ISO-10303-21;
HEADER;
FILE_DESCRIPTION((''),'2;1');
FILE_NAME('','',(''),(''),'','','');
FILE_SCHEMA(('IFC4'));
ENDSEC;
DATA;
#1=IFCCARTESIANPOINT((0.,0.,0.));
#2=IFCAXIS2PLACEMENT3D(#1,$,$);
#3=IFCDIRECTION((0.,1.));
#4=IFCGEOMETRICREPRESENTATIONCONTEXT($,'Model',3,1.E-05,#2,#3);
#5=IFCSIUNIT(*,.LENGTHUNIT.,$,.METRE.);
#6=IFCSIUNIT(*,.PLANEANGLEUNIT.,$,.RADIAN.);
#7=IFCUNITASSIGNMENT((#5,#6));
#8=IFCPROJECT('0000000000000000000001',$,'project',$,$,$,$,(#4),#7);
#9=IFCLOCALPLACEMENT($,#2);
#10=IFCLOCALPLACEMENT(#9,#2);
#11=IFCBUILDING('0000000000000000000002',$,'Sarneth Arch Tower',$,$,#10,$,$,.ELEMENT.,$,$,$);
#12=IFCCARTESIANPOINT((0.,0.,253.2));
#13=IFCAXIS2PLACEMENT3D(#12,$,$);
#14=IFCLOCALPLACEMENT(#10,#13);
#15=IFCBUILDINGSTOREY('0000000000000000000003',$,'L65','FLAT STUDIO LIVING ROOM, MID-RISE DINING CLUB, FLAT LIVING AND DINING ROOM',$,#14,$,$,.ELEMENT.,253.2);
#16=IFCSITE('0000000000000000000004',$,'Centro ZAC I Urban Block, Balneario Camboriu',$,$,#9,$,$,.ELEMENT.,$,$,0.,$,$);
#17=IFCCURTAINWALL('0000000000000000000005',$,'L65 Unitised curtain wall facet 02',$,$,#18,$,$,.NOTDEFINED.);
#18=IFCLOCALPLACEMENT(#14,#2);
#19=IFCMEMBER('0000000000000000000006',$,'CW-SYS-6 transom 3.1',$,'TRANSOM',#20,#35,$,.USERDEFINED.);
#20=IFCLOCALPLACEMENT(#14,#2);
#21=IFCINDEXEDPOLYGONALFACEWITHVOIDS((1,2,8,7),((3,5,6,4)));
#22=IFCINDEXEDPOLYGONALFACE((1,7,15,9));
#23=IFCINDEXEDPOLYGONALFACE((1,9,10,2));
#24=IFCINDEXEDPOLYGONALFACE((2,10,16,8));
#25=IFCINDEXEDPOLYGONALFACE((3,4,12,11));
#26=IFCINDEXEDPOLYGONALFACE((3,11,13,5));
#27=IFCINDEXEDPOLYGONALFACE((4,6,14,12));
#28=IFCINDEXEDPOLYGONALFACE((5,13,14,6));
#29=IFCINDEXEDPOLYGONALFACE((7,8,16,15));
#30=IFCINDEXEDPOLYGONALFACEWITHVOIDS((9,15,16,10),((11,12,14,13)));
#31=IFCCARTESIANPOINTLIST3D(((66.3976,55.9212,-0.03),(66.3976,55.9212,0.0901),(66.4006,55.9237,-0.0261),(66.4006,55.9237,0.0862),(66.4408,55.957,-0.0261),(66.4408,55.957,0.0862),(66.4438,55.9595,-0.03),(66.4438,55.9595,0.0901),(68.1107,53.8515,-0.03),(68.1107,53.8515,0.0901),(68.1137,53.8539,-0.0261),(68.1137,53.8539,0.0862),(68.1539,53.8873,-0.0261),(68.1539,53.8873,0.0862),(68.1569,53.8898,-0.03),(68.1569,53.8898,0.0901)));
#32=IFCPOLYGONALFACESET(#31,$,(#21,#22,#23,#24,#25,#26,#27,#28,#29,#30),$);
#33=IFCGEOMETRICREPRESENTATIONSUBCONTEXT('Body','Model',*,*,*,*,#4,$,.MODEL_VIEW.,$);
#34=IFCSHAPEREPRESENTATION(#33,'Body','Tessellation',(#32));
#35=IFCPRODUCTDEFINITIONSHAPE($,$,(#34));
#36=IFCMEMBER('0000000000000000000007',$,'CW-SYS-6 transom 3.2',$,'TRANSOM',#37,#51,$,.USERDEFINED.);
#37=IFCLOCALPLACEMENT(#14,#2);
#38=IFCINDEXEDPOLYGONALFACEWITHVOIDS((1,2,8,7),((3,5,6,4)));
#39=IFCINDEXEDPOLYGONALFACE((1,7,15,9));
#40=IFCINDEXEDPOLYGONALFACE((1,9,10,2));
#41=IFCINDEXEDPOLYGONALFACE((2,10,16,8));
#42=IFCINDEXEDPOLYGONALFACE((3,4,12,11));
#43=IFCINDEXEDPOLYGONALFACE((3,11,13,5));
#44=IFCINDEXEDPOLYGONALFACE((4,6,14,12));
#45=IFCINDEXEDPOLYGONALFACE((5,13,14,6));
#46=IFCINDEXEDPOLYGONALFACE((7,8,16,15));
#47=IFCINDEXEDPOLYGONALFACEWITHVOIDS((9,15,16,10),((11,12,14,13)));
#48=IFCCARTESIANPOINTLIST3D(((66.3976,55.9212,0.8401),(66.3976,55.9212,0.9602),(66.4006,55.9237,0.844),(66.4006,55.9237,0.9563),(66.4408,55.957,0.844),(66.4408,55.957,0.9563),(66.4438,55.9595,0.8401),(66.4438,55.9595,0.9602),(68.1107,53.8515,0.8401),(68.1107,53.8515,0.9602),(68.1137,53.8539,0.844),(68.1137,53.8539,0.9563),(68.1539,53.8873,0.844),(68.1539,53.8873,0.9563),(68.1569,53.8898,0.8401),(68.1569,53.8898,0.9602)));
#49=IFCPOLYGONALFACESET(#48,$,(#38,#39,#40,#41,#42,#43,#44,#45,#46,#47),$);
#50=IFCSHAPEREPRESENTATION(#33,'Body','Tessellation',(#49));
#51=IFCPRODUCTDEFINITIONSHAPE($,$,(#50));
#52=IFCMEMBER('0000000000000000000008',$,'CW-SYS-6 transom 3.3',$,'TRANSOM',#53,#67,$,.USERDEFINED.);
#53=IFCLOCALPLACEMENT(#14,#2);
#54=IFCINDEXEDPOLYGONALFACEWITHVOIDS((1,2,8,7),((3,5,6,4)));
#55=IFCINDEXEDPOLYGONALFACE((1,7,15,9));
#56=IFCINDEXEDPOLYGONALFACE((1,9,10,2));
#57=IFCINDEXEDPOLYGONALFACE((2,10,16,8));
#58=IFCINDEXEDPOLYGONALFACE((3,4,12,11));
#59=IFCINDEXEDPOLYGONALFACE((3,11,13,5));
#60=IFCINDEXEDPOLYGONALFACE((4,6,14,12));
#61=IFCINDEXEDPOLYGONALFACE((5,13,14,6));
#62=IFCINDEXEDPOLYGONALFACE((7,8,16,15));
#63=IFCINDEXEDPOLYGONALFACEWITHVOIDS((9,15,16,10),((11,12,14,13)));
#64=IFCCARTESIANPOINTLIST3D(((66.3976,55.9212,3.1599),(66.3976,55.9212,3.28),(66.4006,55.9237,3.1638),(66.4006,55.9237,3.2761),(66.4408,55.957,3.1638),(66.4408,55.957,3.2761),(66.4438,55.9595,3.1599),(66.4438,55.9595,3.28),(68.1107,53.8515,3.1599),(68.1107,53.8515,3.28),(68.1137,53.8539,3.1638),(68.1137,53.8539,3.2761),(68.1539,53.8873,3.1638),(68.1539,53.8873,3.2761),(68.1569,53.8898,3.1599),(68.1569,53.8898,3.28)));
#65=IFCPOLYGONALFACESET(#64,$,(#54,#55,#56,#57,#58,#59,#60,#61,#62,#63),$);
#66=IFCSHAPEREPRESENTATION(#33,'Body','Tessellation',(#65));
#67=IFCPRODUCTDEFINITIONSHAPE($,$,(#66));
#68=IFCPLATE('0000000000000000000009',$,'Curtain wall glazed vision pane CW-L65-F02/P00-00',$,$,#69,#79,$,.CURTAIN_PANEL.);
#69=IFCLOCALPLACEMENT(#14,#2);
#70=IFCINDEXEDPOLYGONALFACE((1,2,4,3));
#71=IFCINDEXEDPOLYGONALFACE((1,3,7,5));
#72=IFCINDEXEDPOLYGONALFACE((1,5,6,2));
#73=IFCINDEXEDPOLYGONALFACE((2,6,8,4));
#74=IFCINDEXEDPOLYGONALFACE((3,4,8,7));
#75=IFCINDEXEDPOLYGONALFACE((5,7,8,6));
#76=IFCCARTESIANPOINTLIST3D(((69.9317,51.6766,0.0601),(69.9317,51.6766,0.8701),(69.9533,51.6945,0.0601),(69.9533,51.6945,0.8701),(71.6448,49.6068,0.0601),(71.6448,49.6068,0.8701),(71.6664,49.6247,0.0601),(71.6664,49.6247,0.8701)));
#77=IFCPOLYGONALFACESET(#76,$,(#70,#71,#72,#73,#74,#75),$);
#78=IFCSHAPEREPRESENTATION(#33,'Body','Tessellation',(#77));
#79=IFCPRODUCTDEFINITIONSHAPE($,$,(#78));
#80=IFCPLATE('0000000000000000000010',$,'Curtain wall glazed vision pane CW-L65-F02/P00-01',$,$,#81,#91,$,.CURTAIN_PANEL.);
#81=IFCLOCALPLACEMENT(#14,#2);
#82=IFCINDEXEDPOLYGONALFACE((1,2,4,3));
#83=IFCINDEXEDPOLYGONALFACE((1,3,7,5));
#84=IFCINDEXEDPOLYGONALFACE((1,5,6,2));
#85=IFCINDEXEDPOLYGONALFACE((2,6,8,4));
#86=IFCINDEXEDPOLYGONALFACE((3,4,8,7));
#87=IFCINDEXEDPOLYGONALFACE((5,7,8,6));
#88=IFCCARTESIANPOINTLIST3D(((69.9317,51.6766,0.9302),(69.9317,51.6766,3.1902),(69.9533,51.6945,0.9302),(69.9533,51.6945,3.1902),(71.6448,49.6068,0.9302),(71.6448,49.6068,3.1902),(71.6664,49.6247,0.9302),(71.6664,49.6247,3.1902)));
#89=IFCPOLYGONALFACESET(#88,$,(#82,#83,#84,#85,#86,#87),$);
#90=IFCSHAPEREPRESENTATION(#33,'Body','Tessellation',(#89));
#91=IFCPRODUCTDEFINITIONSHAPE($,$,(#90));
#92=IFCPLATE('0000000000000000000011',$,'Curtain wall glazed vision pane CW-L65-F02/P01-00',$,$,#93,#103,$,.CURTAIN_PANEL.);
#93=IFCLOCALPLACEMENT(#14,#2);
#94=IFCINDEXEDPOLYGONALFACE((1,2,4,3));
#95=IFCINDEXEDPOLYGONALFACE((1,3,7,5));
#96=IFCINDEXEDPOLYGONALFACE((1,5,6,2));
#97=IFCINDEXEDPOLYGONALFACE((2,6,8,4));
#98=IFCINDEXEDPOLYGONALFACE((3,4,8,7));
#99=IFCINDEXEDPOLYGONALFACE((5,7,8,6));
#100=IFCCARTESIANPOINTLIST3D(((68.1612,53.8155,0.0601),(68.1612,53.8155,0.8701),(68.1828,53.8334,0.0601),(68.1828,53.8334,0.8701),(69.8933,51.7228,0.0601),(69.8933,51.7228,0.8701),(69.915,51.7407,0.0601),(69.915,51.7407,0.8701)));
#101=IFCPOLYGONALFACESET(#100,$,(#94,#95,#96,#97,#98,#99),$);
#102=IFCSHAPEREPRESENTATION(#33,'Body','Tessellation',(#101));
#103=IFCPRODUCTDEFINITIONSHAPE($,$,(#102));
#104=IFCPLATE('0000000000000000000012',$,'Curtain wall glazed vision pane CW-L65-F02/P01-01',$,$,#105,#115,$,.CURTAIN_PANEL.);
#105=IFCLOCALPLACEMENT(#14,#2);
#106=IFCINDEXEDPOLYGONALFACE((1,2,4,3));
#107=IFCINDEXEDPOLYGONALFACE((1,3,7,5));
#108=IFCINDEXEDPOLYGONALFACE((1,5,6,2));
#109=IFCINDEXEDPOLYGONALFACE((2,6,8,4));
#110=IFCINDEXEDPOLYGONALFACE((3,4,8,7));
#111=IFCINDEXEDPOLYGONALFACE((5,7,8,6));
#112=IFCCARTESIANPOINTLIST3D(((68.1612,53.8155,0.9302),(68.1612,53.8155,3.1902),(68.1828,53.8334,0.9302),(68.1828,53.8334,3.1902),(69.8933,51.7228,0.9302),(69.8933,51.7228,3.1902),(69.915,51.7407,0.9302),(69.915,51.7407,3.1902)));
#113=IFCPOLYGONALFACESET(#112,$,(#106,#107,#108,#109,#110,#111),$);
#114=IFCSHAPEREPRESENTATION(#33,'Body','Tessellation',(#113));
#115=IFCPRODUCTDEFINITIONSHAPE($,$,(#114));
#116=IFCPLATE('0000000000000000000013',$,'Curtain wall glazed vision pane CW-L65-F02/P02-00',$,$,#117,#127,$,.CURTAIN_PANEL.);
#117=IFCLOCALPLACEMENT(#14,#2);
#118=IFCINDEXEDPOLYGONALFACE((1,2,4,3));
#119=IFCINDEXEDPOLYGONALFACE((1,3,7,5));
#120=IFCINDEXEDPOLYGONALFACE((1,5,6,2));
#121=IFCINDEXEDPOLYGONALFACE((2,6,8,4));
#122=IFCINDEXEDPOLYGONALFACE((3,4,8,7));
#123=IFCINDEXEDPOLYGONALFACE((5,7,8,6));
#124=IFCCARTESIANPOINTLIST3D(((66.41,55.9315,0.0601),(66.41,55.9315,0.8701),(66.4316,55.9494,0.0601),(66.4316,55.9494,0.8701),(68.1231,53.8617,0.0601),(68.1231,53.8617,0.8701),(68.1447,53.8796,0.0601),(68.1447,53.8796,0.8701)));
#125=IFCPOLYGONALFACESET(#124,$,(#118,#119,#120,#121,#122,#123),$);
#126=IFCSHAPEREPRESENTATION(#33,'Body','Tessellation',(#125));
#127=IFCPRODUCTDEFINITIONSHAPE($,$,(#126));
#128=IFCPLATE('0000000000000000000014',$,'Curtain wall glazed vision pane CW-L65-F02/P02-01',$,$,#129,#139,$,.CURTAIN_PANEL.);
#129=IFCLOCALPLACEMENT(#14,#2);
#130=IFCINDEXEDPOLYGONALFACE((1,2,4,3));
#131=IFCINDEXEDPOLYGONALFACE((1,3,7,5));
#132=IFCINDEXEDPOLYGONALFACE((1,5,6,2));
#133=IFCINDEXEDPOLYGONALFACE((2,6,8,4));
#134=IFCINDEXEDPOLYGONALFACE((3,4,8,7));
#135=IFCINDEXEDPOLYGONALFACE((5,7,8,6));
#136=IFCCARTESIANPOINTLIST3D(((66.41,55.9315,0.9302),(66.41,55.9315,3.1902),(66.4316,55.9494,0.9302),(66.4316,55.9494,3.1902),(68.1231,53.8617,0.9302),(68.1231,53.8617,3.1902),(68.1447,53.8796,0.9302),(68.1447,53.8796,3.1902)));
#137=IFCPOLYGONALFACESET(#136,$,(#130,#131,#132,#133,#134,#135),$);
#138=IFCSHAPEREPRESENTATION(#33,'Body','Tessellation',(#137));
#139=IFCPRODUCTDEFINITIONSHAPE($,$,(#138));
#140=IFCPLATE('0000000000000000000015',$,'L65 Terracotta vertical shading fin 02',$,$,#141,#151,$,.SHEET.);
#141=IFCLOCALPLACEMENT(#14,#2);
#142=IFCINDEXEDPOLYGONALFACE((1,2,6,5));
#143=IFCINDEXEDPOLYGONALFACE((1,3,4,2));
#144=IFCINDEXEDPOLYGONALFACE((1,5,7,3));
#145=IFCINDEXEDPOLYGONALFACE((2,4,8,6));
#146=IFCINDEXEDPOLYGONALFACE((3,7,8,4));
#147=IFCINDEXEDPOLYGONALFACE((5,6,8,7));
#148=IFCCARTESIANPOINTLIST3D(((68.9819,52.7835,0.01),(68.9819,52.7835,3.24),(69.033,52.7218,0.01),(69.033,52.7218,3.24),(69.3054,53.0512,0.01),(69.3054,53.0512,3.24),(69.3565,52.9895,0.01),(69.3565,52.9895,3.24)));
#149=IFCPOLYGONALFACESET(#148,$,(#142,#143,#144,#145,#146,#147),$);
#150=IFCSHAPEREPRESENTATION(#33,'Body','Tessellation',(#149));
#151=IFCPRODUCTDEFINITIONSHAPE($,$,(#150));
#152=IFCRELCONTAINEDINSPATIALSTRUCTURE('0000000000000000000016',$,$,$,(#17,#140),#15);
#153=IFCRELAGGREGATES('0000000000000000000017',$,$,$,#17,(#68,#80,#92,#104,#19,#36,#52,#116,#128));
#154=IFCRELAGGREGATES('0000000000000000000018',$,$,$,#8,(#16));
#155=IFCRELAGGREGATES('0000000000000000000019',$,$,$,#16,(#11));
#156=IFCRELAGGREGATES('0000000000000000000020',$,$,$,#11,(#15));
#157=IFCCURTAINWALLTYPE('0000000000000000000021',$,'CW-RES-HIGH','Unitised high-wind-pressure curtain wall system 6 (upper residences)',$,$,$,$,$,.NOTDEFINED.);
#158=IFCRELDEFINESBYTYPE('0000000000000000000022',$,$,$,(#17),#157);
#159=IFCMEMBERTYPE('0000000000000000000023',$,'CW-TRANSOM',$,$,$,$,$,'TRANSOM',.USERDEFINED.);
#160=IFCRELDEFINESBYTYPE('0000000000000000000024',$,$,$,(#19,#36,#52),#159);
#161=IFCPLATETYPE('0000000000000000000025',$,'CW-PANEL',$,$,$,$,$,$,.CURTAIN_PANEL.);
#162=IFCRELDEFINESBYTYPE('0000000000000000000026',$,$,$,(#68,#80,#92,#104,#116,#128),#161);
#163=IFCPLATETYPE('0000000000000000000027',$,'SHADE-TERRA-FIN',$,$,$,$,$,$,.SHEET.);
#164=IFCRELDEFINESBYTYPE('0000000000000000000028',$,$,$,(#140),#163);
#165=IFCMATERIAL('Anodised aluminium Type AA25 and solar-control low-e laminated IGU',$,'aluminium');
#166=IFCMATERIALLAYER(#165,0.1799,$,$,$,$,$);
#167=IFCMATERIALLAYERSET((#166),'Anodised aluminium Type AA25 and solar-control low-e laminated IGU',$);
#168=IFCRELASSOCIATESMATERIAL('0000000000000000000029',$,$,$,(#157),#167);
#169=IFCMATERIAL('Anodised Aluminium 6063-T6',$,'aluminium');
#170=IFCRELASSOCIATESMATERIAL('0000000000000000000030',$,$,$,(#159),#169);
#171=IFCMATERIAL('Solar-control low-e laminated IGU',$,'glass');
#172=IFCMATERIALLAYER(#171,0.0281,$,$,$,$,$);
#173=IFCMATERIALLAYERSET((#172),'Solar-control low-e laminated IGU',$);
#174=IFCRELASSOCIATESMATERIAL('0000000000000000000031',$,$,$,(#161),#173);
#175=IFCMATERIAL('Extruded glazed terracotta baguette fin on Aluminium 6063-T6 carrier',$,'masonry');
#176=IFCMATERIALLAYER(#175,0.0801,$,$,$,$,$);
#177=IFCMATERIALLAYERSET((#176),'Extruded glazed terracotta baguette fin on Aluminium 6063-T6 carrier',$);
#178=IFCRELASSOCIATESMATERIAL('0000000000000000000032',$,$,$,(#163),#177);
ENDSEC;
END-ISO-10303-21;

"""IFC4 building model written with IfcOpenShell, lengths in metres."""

from ifc_helpers import new_model, si_unit, direction, frame, origin, origin_2d, place, context, subcontext, project, spatial, rectangle, hollow_rectangle, extrude, material, layer, layer_set, material_profile, profile_set, type_object, element, aggregate, save


model = new_model("IFC4")

# Units and contexts
model_context = context("Model", 3, precision=1e-05, world=origin(), true_north=direction((0.0, 1.0)))
body_context = subcontext(model_context, "Body", "Model", "MODEL_VIEW")
ifc_project = project(units=[si_unit("LENGTHUNIT", "METRE"), si_unit("PLANEANGLEUNIT", "RADIAN")], contexts=[model_context])

# Site, building, storey
site_placement = place(None, origin())
site = spatial("IfcSite", under=ifc_project, at=site_placement, Name="Centro ZAC I Urban Block, Balneario Camboriu", CompositionType="ELEMENT", RefElevation=0.0)
building_placement = place(site_placement, origin())
building = spatial("IfcBuilding", under=site, at=building_placement, Name="Sarneth Arch Tower", CompositionType="ELEMENT")
storey_placement = place(building_placement, frame((0.0, 0.0, 253.2)))
storey = spatial("IfcBuildingStorey", under=building, at=storey_placement, Name="L65", Description="FLAT STUDIO LIVING ROOM, MID-RISE DINING CLUB, FLAT LIVING AND DINING ROOM", CompositionType="ELEMENT", Elevation=253.2)

# Curtain wall, members, plates
ifc_material_1 = material(Name="Anodised aluminium Type AA25 and solar-control low-e laminated IGU", Category="aluminium")
ifc_layer_1 = layer(ifc_material_1, 0.1799)
ifc_layer_set_1 = layer_set([ifc_layer_1], Name="Anodised aluminium Type AA25 and solar-control low-e laminated IGU")
curtain_wall_type = type_object("IfcCurtainWallType", Name="CW-RES-HIGH", Description="Unitised high-wind-pressure curtain wall system 6 (upper residences)", PredefinedType="NOTDEFINED", material=ifc_layer_set_1)
curtain_wall_placement = place(storey_placement, origin())
curtain_wall = element("IfcCurtainWall", 1, at=curtain_wall_placement, inside=storey, type_object=curtain_wall_type, Name="L65 Unitised curtain wall facet 02", PredefinedType="NOTDEFINED")
ifc_material_2 = material(Name="Anodised Aluminium 6063-T6", Category="aluminium")
ifc_material_profile_1 = material_profile(ifc_material_2, hollow_rectangle(XDim=0.0601, YDim=0.1201, WallThickness=0.0039, at=origin_2d()), Name="AL-TRAN-120x60x4")
ifc_profile_set_1 = profile_set([ifc_material_profile_1], Name="Anodised Aluminium 6063-T6")
member_type_1 = type_object("IfcMemberType", Name="CW-TRANSOM", ElementType="TRANSOM", PredefinedType="USERDEFINED", material=ifc_profile_set_1)
member_1_placement = place(storey_placement, frame((68.1338, 53.8706, 0.03), z_axis=(-0.637607, 0.770362, 0.0), x_axis=(-0.770362, -0.637607, 0.0)))
member_1 = element("IfcMember", 2, at=member_1_placement, type_object=member_type_1, Name="CW-SYS-6 transom 3.1", ObjectType="TRANSOM", PredefinedType="USERDEFINED", context=body_context, shape_type="SweptSolid", body=[
    extrude(hollow_rectangle(XDim=0.0601, YDim=0.1201, WallThickness=0.0039, at=origin_2d()), origin(), (0.0, 0.0, 1.0), 2.6868),
])
member_2_placement = place(storey_placement, frame((68.1338, 53.8706, 0.9001), z_axis=(-0.637607, 0.770362, 0.0), x_axis=(-0.770362, -0.637607, 0.0)))
member_2 = element("IfcMember", 3, at=member_2_placement, type_object=member_type_1, Name="CW-SYS-6 transom 3.2", ObjectType="TRANSOM", PredefinedType="USERDEFINED", context=body_context, shape_type="SweptSolid", body=[
    extrude(hollow_rectangle(XDim=0.0601, YDim=0.1201, WallThickness=0.0039, at=origin_2d()), origin(), (0.0, 0.0, 1.0), 2.6868),
])
member_3_placement = place(storey_placement, frame((68.1338, 53.8706, 3.22), z_axis=(-0.637607, 0.770362, 0.0), x_axis=(-0.770362, -0.637607, 0.0)))
member_3 = element("IfcMember", 4, at=member_3_placement, type_object=member_type_1, Name="CW-SYS-6 transom 3.3", ObjectType="TRANSOM", PredefinedType="USERDEFINED", context=body_context, shape_type="SweptSolid", body=[
    extrude(hollow_rectangle(XDim=0.0601, YDim=0.1201, WallThickness=0.0039, at=origin_2d()), origin(), (0.0, 0.0, 1.0), 2.6868),
])
ifc_material_3 = material(Name="Solar-control low-e laminated IGU", Category="glass")
ifc_layer_2 = layer(ifc_material_3, 0.0281)
ifc_layer_set_2 = layer_set([ifc_layer_2], Name="Solar-control low-e laminated IGU")
plate_type_1 = type_object("IfcPlateType", Name="CW-PANEL", PredefinedType="CURTAIN_PANEL", material=ifc_layer_set_2)
plate_1_placement = place(storey_placement, frame((70.7991, 50.6506, 0.0601), z_axis=(0.0, 0.0, 1.0), x_axis=(-0.63761, 0.770359, 0.0)))
plate_1 = element("IfcPlate", 5, at=plate_1_placement, type_object=plate_type_1, Name="Curtain wall glazed vision pane CW-L65-F02/P00-00", PredefinedType="CURTAIN_PANEL", context=body_context, shape_type="SweptSolid", body=[
    extrude(rectangle(XDim=2.6868, YDim=0.0281, at=origin_2d()), origin(), (0.0, 0.0, 1.0), 0.8101),
])
plate_2_placement = place(storey_placement, frame((70.7991, 50.6506, 0.9302), z_axis=(0.0, 0.0, 1.0), x_axis=(-0.63761, 0.770359, 0.0)))
plate_2 = element("IfcPlate", 6, at=plate_2_placement, type_object=plate_type_1, Name="Curtain wall glazed vision pane CW-L65-F02/P00-01", PredefinedType="CURTAIN_PANEL", context=body_context, shape_type="SweptSolid", body=[
    extrude(rectangle(XDim=2.6868, YDim=0.0281, at=origin_2d()), origin(), (0.0, 0.0, 1.0), 2.26),
])
plate_3_placement = place(storey_placement, frame((69.0381, 52.7781, 0.0601), z_axis=(0.0, 0.0, 1.0), x_axis=(-0.63761, 0.770359, 0.0)))
plate_3 = element("IfcPlate", 7, at=plate_3_placement, type_object=plate_type_1, Name="Curtain wall glazed vision pane CW-L65-F02/P01-00", PredefinedType="CURTAIN_PANEL", context=body_context, shape_type="SweptSolid", body=[
    extrude(rectangle(XDim=2.7166, YDim=0.0281, at=origin_2d()), origin(), (0.0, 0.0, 1.0), 0.8101),
])
plate_4_placement = place(storey_placement, frame((69.0381, 52.7781, 0.9302), z_axis=(0.0, 0.0, 1.0), x_axis=(-0.63761, 0.770359, 0.0)))
plate_4 = element("IfcPlate", 8, at=plate_4_placement, type_object=plate_type_1, Name="Curtain wall glazed vision pane CW-L65-F02/P01-01", PredefinedType="CURTAIN_PANEL", context=body_context, shape_type="SweptSolid", body=[
    extrude(rectangle(XDim=2.7166, YDim=0.0281, at=origin_2d()), origin(), (0.0, 0.0, 1.0), 2.26),
])
plate_5_placement = place(storey_placement, frame((67.2773, 54.9055, 0.0601), z_axis=(0.0, 0.0, 1.0), x_axis=(-0.63761, 0.770359, 0.0)))
plate_5 = element("IfcPlate", 9, at=plate_5_placement, type_object=plate_type_1, Name="Curtain wall glazed vision pane CW-L65-F02/P02-00", PredefinedType="CURTAIN_PANEL", context=body_context, shape_type="SweptSolid", body=[
    extrude(rectangle(XDim=2.6868, YDim=0.0281, at=origin_2d()), origin(), (0.0, 0.0, 1.0), 0.8101),
])
plate_6_placement = place(storey_placement, frame((67.2773, 54.9055, 0.9302), z_axis=(0.0, 0.0, 1.0), x_axis=(-0.63761, 0.770359, 0.0)))
plate_6 = element("IfcPlate", 10, at=plate_6_placement, type_object=plate_type_1, Name="Curtain wall glazed vision pane CW-L65-F02/P02-01", PredefinedType="CURTAIN_PANEL", context=body_context, shape_type="SweptSolid", body=[
    extrude(rectangle(XDim=2.6868, YDim=0.0281, at=origin_2d()), origin(), (0.0, 0.0, 1.0), 2.26),
])
aggregate(curtain_wall, [plate_1, plate_2, plate_3, plate_4, member_1, member_2, member_3, plate_5, plate_6])

# Plate
ifc_material_4 = material(Name="Extruded glazed terracotta baguette fin on Aluminium 6063-T6 carrier", Category="masonry")
ifc_layer_3 = layer(ifc_material_4, 0.0801)
ifc_layer_set_3 = layer_set([ifc_layer_3], Name="Extruded glazed terracotta baguette fin on Aluminium 6063-T6 carrier")
plate_type_2 = type_object("IfcPlateType", Name="SHADE-TERRA-FIN", PredefinedType="SHEET", material=ifc_layer_set_3)
plate_7_placement = place(storey_placement, frame((69.1692, 52.8865, 0.01), z_axis=(0.0, 0.0, 1.0), x_axis=(0.770402, 0.637558, 0.0)))
element("IfcPlate", 11, at=plate_7_placement, inside=storey, type_object=plate_type_2, Name="L65 Terracotta vertical shading fin 02", PredefinedType="SHEET", context=body_context, shape_type="SweptSolid", body=[
    extrude(rectangle(XDim=0.4199, YDim=0.0801, at=origin_2d()), origin(), (0.0, 0.0, 1.0), 3.23),
])

save(model, "model.ifc")
